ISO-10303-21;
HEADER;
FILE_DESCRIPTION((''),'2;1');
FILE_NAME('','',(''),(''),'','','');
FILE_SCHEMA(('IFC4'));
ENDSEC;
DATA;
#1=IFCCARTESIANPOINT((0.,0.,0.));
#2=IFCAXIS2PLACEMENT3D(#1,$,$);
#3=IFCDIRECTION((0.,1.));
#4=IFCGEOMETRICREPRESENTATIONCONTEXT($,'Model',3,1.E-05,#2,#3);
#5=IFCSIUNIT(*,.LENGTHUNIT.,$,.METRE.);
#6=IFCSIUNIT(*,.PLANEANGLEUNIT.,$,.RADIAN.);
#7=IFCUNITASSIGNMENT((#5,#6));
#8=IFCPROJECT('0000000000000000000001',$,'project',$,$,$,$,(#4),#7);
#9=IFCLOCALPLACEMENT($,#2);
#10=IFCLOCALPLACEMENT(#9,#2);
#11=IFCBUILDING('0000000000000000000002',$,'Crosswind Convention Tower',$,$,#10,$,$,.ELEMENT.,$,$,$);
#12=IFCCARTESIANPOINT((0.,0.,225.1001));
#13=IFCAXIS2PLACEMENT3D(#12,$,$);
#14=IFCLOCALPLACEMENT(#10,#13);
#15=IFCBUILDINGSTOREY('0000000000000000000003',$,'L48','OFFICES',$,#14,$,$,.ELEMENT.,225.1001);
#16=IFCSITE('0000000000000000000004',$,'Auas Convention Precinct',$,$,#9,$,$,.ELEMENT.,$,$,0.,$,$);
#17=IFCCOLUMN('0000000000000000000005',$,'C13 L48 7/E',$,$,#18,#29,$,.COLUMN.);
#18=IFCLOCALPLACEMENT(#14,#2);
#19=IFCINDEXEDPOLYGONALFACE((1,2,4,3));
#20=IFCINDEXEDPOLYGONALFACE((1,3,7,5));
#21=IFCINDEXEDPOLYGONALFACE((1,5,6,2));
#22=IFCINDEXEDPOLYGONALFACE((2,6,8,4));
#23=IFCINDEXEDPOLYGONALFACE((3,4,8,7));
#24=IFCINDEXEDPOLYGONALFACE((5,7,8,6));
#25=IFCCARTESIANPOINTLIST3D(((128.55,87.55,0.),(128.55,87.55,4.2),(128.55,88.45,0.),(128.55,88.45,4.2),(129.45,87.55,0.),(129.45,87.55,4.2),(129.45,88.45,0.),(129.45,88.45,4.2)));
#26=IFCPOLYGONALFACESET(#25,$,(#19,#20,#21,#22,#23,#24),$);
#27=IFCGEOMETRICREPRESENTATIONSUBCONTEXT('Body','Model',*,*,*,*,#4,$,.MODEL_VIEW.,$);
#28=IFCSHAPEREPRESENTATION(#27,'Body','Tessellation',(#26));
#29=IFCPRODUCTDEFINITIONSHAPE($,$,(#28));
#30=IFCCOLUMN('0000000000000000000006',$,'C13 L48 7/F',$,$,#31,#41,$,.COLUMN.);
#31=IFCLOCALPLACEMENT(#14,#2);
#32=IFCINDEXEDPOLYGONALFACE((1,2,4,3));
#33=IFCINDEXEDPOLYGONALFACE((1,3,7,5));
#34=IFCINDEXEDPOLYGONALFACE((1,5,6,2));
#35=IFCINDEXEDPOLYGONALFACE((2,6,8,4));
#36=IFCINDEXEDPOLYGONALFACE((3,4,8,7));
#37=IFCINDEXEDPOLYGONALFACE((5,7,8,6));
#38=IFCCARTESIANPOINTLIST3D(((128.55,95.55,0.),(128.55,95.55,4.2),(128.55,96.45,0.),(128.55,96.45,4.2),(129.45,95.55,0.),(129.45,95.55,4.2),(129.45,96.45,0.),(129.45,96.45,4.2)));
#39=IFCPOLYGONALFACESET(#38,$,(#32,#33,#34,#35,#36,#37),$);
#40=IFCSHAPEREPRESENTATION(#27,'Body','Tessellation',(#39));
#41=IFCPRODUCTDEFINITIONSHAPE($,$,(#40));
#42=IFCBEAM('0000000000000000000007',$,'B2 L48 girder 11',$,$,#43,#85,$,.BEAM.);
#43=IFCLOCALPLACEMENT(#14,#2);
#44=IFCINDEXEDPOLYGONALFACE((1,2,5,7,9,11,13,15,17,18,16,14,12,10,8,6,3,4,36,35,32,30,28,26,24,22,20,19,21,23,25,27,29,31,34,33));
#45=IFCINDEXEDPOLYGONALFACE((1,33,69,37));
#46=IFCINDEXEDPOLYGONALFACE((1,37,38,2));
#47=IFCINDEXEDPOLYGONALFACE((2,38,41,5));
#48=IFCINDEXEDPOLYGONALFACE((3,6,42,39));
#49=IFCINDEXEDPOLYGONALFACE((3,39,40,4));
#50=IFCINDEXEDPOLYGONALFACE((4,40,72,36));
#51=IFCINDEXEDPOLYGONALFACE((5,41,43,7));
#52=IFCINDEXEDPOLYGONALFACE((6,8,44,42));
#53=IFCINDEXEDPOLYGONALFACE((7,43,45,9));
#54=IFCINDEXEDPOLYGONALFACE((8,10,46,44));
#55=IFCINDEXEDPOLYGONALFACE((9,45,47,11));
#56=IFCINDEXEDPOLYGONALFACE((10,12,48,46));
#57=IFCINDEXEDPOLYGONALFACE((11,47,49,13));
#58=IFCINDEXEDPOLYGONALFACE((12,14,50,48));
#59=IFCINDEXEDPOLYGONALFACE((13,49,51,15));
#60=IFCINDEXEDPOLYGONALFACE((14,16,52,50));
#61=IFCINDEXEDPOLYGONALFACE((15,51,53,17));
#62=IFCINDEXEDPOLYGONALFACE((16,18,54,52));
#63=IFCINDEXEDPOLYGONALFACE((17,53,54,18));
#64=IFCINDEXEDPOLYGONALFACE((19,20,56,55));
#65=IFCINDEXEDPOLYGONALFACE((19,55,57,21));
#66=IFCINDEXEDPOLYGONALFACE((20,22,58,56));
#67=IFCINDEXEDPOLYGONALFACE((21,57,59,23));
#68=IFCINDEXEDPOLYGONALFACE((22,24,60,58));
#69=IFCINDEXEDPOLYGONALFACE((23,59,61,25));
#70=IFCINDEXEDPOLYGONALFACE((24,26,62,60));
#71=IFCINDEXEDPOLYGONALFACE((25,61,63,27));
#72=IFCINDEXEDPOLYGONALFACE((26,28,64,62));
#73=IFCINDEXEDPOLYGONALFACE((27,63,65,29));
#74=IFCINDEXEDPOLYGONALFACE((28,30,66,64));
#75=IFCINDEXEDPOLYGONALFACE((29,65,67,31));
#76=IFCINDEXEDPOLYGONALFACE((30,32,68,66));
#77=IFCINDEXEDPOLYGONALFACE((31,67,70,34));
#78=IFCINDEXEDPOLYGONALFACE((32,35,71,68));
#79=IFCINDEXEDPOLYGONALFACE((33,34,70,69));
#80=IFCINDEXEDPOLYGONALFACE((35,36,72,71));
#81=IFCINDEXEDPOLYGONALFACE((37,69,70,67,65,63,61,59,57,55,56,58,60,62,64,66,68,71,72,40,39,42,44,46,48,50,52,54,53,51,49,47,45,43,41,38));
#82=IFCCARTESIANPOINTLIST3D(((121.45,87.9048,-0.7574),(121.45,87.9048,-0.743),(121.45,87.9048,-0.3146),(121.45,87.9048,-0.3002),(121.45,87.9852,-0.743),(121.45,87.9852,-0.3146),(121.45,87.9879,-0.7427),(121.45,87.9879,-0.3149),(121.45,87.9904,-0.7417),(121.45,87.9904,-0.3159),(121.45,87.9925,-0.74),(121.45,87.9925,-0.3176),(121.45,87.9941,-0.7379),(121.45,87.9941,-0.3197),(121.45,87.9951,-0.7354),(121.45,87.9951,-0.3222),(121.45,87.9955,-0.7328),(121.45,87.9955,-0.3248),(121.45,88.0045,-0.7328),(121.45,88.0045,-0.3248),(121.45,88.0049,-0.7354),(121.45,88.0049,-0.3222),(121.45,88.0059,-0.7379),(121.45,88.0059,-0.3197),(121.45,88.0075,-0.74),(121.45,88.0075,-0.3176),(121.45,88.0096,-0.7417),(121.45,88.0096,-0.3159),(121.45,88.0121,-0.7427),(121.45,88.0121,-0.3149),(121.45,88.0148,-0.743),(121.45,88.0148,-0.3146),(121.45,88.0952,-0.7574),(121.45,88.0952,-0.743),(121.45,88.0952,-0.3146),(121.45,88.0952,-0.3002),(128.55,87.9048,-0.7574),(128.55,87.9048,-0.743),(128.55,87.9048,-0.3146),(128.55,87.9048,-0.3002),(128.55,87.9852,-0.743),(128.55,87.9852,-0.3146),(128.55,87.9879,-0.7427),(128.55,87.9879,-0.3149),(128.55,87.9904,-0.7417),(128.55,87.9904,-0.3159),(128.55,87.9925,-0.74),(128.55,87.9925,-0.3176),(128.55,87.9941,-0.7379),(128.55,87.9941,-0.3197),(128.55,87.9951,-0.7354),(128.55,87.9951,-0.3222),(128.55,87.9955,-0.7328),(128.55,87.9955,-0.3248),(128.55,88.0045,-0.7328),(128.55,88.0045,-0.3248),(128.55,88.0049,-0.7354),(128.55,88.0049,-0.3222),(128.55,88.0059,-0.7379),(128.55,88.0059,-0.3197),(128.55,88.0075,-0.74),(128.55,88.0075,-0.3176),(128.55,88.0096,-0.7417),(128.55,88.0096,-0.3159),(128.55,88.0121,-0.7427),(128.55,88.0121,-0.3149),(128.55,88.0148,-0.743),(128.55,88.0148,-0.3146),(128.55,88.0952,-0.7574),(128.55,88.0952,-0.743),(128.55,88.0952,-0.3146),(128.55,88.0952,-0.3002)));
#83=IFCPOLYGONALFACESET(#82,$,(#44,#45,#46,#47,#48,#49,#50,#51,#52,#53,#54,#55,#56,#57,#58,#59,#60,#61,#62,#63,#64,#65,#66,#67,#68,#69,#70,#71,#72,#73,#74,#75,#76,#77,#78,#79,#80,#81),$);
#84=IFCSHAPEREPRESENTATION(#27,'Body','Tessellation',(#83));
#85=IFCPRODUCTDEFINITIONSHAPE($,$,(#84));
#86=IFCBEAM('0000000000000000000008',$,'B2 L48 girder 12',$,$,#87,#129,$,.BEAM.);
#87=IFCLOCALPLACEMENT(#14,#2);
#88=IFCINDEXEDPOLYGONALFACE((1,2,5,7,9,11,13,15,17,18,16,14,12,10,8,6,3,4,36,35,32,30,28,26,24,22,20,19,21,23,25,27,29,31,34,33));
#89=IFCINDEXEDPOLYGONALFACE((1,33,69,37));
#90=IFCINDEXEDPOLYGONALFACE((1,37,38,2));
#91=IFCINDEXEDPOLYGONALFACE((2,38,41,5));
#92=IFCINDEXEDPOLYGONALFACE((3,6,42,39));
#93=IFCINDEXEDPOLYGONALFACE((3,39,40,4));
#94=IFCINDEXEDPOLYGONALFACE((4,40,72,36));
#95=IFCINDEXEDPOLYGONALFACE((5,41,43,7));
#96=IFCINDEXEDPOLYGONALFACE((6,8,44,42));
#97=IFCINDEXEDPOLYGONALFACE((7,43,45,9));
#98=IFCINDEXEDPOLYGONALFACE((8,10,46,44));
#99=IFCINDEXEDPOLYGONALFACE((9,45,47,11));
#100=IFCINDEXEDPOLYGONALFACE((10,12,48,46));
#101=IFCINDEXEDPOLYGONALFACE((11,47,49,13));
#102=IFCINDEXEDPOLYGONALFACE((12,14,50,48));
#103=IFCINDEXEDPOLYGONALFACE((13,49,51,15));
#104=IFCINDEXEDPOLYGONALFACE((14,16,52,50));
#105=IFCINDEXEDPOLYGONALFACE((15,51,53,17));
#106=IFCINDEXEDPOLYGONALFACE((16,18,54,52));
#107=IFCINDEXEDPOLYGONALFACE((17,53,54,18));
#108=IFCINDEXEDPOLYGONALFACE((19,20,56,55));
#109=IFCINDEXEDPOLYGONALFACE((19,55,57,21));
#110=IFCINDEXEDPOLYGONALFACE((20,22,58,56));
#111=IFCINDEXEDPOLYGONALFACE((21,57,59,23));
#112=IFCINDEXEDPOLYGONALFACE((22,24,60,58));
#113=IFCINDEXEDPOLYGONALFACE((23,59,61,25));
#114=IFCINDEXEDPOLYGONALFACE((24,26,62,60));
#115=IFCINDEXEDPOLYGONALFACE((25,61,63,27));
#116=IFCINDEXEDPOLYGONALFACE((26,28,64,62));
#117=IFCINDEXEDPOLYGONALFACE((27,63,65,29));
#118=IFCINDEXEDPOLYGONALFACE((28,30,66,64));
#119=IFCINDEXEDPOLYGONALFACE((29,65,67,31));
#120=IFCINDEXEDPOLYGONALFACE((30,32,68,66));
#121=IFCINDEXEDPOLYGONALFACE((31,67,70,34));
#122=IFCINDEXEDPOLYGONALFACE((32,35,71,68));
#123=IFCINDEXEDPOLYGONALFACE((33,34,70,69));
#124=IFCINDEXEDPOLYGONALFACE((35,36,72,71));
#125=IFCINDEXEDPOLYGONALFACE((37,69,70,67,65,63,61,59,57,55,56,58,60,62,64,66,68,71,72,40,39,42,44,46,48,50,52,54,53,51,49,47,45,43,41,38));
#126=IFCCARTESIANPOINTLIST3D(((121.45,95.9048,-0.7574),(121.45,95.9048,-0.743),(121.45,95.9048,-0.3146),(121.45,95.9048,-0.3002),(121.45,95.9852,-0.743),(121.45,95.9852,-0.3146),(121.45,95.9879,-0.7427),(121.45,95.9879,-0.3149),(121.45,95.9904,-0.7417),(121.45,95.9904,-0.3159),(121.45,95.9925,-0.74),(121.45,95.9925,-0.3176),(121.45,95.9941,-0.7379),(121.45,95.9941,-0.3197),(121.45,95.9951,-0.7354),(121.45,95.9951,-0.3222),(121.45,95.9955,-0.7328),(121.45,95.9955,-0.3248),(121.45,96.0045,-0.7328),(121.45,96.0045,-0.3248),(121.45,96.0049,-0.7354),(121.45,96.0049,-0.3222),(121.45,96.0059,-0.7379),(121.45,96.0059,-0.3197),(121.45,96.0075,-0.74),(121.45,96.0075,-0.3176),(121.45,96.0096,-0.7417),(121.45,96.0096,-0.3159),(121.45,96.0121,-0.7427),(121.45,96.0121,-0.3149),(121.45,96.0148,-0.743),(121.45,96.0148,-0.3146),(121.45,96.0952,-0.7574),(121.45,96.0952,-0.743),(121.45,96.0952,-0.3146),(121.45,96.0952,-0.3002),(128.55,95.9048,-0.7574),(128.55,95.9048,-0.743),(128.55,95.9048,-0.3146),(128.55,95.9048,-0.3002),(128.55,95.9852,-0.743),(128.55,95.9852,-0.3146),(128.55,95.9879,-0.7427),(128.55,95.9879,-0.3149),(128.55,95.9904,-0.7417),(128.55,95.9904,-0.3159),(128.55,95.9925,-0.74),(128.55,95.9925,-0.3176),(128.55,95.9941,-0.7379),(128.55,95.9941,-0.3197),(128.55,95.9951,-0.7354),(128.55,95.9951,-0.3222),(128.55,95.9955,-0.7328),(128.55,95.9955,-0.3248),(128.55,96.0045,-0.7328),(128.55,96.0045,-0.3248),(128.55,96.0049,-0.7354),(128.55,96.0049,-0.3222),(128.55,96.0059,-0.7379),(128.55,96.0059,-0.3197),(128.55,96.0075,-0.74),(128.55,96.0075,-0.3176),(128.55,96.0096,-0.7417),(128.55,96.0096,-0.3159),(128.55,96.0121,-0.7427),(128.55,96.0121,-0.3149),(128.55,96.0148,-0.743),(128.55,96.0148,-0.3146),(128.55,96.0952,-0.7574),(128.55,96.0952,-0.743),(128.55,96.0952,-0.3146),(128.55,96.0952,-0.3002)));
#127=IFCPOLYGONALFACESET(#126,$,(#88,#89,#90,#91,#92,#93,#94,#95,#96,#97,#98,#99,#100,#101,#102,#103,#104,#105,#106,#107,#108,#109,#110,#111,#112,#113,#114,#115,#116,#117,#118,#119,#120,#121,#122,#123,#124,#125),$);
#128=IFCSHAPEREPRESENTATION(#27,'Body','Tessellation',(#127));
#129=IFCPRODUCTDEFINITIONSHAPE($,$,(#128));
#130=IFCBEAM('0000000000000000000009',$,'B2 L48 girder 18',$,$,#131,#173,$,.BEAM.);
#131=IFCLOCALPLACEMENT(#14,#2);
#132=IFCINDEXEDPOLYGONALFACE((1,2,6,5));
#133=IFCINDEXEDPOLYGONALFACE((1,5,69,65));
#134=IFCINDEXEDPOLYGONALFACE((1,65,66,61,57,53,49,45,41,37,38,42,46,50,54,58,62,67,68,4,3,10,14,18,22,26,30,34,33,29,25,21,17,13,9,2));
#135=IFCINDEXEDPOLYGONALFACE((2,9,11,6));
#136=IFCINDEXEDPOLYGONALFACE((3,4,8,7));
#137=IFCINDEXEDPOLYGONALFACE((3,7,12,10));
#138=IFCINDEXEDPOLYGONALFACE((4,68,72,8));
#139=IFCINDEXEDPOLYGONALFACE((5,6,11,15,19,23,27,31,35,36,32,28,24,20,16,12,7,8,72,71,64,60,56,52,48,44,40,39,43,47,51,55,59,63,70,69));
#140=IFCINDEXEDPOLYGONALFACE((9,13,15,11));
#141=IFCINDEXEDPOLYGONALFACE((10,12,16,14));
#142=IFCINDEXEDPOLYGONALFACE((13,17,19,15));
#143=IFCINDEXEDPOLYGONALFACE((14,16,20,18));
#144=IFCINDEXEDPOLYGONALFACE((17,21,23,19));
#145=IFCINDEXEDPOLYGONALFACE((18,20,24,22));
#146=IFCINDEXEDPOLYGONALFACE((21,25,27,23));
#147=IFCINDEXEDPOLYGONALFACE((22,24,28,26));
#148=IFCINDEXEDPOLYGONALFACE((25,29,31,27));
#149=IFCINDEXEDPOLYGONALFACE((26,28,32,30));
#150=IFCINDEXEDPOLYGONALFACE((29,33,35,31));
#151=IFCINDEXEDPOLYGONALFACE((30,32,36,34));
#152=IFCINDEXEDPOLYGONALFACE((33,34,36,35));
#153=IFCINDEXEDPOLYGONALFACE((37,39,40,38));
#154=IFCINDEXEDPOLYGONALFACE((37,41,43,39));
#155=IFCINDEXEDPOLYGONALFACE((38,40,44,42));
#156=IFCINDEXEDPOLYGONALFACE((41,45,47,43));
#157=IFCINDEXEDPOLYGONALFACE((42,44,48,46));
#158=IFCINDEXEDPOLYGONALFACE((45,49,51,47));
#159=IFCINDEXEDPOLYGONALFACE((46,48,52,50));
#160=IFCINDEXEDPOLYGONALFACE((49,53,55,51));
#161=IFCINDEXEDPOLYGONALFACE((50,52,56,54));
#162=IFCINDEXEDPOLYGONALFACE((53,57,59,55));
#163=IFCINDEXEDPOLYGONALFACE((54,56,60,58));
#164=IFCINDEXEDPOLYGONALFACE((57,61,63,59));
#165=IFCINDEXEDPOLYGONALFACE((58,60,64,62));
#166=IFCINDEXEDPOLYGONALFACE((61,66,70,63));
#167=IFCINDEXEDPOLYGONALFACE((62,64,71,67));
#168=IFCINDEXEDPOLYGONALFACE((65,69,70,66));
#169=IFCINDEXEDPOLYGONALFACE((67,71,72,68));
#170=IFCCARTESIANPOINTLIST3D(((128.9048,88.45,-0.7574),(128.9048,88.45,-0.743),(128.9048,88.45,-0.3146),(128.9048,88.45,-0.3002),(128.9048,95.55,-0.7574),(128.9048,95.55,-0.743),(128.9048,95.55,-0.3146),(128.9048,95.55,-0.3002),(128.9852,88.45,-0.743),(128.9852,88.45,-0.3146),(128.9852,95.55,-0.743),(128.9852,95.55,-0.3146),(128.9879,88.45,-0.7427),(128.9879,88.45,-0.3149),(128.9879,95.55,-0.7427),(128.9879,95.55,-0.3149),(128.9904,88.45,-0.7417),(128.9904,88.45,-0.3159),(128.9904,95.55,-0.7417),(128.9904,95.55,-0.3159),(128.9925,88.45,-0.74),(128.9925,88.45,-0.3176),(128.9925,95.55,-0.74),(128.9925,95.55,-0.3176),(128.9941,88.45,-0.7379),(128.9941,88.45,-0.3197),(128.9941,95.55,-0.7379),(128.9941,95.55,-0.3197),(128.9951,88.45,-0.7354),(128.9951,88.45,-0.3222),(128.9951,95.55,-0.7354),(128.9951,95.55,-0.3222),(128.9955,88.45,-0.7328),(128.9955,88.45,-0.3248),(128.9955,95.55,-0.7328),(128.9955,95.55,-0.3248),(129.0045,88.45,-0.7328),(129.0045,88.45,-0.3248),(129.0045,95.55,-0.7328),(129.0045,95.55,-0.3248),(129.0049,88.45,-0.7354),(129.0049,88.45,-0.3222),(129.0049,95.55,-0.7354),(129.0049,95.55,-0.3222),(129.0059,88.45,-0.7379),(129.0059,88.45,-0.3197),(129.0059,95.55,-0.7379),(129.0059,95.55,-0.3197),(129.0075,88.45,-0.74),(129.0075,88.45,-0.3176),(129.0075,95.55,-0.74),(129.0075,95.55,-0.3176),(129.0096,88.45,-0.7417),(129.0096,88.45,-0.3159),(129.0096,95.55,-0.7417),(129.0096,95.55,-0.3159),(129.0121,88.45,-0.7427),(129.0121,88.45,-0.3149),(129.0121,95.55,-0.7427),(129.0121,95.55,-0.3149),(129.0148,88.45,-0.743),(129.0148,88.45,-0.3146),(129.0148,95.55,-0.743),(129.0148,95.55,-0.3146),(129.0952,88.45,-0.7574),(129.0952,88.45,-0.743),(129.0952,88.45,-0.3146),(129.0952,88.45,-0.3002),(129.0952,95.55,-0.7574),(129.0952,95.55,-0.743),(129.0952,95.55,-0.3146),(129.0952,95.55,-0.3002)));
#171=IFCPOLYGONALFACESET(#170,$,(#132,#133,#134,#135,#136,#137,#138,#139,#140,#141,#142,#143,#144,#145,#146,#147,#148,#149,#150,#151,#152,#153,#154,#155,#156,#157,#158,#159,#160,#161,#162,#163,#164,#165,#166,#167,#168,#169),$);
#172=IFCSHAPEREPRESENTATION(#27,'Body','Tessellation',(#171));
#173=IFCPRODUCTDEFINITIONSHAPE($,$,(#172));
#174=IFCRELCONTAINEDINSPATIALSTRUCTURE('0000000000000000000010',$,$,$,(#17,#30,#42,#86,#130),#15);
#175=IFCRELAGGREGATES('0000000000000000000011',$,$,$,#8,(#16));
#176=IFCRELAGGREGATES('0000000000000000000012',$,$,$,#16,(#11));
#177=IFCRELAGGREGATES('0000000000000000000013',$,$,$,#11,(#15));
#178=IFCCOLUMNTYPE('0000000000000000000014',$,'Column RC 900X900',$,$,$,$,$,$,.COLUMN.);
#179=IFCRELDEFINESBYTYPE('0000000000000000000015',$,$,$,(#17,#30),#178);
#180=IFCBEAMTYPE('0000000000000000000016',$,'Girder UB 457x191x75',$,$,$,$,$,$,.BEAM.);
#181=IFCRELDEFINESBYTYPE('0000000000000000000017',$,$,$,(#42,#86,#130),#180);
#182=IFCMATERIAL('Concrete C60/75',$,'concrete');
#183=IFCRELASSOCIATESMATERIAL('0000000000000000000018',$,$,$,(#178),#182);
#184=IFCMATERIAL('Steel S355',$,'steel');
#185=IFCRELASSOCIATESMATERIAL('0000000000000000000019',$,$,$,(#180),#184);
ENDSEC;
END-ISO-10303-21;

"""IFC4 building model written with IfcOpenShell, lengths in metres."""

from ifc_helpers import new_model, si_unit, direction, frame, origin, origin_2d, place, context, subcontext, project, spatial, rectangle, i_section, extrude, material, material_profile, profile_set, type_object, element, save


model = new_model("IFC4")

# Units and contexts
model_context = context("Model", 3, precision=1e-05, world=origin(), true_north=direction((0.0, 1.0)))
body_context = subcontext(model_context, "Body", "Model", "MODEL_VIEW")
ifc_project = project(units=[si_unit("LENGTHUNIT", "METRE"), si_unit("PLANEANGLEUNIT", "RADIAN")], contexts=[model_context])

# Site, building, storey
site_placement = place(None, origin())
site = spatial("IfcSite", under=ifc_project, at=site_placement, Name="Auas Convention Precinct", CompositionType="ELEMENT", RefElevation=0.0)
building_placement = place(site_placement, origin())
building = spatial("IfcBuilding", under=site, at=building_placement, Name="Crosswind Convention Tower", CompositionType="ELEMENT")
storey_placement = place(building_placement, frame((0.0, 0.0, 225.1001)))
storey = spatial("IfcBuildingStorey", under=building, at=storey_placement, Name="L48", Description="OFFICES", CompositionType="ELEMENT", Elevation=225.1001)

# Columns
ifc_material_1 = material(Name="Concrete C60/75", Category="concrete")
ifc_material_profile_1 = material_profile(ifc_material_1, rectangle(XDim=0.8999, YDim=0.8999, at=origin_2d()), Name="RC 900X900")
ifc_profile_set_1 = profile_set([ifc_material_profile_1], Name="Concrete C60/75")
column_type = type_object("IfcColumnType", Name="Column RC 900X900", PredefinedType="COLUMN", material=ifc_profile_set_1)
for number, where, z_axis, x_axis, name in (
    (1, (129.0, 88.0, 0.0), (0.0, 0.0, 1.0), (1.0, 0.0, 0.0), "C13 L48 7/E"),
    (2, (129.0, 96.0, 0.0), (0.0, 0.0, 1.0), (1.0, 0.0, 0.0), "C13 L48 7/F"),
):
    element("IfcColumn", number, at=place(storey_placement, frame(where, z_axis=z_axis, x_axis=x_axis)), inside=storey, type_object=column_type, Name=name, PredefinedType="COLUMN", context=body_context, shape_type="SweptSolid", body=[
        extrude(rectangle(XDim=0.8999, YDim=0.8999, at=origin_2d()), origin(), (0.0, 0.0, 1.0), 4.2),
    ])

# Beams
ifc_material_2 = material(Name="Steel S355", Category="steel")
ifc_material_profile_2 = material_profile(ifc_material_2, i_section(OverallWidth=0.1904, OverallDepth=0.4573, WebThickness=0.009, FlangeThickness=0.0144, FilletRadius=0.0103, at=origin_2d()), Name="UB 457x191x75")
ifc_profile_set_2 = profile_set([ifc_material_profile_2], Name="Steel S355")
beam_type_1 = type_object("IfcBeamType", Name="Girder UB 457x191x75", PredefinedType="BEAM", material=ifc_profile_set_2)
for number, where, z_axis, x_axis, name in (
    (3, (121.45, 88.0, -0.5288), (1.0, 0.0, 0.0), (0.0, 1.0, 0.0), "B2 L48 girder 11"),
    (4, (121.45, 96.0, -0.5288), (1.0, 0.0, 0.0), (0.0, 1.0, 0.0), "B2 L48 girder 12"),
    (5, (129.0, 88.45, -0.5288), (0.0, 1.0, 0.0), (-1.0, 0.0, 0.0), "B2 L48 girder 18"),
):
    element("IfcBeam", number, at=place(storey_placement, frame(where, z_axis=z_axis, x_axis=x_axis)), inside=storey, type_object=beam_type_1, Name=name, PredefinedType="BEAM", context=body_context, shape_type="SweptSolid", body=[
        extrude(i_section(OverallWidth=0.1904, OverallDepth=0.4573, WebThickness=0.009, FlangeThickness=0.0144, FilletRadius=0.0103, at=origin_2d()), origin(), (0.0, 0.0, 1.0), 7.1001),
    ])

save(model, "model.ifc")
